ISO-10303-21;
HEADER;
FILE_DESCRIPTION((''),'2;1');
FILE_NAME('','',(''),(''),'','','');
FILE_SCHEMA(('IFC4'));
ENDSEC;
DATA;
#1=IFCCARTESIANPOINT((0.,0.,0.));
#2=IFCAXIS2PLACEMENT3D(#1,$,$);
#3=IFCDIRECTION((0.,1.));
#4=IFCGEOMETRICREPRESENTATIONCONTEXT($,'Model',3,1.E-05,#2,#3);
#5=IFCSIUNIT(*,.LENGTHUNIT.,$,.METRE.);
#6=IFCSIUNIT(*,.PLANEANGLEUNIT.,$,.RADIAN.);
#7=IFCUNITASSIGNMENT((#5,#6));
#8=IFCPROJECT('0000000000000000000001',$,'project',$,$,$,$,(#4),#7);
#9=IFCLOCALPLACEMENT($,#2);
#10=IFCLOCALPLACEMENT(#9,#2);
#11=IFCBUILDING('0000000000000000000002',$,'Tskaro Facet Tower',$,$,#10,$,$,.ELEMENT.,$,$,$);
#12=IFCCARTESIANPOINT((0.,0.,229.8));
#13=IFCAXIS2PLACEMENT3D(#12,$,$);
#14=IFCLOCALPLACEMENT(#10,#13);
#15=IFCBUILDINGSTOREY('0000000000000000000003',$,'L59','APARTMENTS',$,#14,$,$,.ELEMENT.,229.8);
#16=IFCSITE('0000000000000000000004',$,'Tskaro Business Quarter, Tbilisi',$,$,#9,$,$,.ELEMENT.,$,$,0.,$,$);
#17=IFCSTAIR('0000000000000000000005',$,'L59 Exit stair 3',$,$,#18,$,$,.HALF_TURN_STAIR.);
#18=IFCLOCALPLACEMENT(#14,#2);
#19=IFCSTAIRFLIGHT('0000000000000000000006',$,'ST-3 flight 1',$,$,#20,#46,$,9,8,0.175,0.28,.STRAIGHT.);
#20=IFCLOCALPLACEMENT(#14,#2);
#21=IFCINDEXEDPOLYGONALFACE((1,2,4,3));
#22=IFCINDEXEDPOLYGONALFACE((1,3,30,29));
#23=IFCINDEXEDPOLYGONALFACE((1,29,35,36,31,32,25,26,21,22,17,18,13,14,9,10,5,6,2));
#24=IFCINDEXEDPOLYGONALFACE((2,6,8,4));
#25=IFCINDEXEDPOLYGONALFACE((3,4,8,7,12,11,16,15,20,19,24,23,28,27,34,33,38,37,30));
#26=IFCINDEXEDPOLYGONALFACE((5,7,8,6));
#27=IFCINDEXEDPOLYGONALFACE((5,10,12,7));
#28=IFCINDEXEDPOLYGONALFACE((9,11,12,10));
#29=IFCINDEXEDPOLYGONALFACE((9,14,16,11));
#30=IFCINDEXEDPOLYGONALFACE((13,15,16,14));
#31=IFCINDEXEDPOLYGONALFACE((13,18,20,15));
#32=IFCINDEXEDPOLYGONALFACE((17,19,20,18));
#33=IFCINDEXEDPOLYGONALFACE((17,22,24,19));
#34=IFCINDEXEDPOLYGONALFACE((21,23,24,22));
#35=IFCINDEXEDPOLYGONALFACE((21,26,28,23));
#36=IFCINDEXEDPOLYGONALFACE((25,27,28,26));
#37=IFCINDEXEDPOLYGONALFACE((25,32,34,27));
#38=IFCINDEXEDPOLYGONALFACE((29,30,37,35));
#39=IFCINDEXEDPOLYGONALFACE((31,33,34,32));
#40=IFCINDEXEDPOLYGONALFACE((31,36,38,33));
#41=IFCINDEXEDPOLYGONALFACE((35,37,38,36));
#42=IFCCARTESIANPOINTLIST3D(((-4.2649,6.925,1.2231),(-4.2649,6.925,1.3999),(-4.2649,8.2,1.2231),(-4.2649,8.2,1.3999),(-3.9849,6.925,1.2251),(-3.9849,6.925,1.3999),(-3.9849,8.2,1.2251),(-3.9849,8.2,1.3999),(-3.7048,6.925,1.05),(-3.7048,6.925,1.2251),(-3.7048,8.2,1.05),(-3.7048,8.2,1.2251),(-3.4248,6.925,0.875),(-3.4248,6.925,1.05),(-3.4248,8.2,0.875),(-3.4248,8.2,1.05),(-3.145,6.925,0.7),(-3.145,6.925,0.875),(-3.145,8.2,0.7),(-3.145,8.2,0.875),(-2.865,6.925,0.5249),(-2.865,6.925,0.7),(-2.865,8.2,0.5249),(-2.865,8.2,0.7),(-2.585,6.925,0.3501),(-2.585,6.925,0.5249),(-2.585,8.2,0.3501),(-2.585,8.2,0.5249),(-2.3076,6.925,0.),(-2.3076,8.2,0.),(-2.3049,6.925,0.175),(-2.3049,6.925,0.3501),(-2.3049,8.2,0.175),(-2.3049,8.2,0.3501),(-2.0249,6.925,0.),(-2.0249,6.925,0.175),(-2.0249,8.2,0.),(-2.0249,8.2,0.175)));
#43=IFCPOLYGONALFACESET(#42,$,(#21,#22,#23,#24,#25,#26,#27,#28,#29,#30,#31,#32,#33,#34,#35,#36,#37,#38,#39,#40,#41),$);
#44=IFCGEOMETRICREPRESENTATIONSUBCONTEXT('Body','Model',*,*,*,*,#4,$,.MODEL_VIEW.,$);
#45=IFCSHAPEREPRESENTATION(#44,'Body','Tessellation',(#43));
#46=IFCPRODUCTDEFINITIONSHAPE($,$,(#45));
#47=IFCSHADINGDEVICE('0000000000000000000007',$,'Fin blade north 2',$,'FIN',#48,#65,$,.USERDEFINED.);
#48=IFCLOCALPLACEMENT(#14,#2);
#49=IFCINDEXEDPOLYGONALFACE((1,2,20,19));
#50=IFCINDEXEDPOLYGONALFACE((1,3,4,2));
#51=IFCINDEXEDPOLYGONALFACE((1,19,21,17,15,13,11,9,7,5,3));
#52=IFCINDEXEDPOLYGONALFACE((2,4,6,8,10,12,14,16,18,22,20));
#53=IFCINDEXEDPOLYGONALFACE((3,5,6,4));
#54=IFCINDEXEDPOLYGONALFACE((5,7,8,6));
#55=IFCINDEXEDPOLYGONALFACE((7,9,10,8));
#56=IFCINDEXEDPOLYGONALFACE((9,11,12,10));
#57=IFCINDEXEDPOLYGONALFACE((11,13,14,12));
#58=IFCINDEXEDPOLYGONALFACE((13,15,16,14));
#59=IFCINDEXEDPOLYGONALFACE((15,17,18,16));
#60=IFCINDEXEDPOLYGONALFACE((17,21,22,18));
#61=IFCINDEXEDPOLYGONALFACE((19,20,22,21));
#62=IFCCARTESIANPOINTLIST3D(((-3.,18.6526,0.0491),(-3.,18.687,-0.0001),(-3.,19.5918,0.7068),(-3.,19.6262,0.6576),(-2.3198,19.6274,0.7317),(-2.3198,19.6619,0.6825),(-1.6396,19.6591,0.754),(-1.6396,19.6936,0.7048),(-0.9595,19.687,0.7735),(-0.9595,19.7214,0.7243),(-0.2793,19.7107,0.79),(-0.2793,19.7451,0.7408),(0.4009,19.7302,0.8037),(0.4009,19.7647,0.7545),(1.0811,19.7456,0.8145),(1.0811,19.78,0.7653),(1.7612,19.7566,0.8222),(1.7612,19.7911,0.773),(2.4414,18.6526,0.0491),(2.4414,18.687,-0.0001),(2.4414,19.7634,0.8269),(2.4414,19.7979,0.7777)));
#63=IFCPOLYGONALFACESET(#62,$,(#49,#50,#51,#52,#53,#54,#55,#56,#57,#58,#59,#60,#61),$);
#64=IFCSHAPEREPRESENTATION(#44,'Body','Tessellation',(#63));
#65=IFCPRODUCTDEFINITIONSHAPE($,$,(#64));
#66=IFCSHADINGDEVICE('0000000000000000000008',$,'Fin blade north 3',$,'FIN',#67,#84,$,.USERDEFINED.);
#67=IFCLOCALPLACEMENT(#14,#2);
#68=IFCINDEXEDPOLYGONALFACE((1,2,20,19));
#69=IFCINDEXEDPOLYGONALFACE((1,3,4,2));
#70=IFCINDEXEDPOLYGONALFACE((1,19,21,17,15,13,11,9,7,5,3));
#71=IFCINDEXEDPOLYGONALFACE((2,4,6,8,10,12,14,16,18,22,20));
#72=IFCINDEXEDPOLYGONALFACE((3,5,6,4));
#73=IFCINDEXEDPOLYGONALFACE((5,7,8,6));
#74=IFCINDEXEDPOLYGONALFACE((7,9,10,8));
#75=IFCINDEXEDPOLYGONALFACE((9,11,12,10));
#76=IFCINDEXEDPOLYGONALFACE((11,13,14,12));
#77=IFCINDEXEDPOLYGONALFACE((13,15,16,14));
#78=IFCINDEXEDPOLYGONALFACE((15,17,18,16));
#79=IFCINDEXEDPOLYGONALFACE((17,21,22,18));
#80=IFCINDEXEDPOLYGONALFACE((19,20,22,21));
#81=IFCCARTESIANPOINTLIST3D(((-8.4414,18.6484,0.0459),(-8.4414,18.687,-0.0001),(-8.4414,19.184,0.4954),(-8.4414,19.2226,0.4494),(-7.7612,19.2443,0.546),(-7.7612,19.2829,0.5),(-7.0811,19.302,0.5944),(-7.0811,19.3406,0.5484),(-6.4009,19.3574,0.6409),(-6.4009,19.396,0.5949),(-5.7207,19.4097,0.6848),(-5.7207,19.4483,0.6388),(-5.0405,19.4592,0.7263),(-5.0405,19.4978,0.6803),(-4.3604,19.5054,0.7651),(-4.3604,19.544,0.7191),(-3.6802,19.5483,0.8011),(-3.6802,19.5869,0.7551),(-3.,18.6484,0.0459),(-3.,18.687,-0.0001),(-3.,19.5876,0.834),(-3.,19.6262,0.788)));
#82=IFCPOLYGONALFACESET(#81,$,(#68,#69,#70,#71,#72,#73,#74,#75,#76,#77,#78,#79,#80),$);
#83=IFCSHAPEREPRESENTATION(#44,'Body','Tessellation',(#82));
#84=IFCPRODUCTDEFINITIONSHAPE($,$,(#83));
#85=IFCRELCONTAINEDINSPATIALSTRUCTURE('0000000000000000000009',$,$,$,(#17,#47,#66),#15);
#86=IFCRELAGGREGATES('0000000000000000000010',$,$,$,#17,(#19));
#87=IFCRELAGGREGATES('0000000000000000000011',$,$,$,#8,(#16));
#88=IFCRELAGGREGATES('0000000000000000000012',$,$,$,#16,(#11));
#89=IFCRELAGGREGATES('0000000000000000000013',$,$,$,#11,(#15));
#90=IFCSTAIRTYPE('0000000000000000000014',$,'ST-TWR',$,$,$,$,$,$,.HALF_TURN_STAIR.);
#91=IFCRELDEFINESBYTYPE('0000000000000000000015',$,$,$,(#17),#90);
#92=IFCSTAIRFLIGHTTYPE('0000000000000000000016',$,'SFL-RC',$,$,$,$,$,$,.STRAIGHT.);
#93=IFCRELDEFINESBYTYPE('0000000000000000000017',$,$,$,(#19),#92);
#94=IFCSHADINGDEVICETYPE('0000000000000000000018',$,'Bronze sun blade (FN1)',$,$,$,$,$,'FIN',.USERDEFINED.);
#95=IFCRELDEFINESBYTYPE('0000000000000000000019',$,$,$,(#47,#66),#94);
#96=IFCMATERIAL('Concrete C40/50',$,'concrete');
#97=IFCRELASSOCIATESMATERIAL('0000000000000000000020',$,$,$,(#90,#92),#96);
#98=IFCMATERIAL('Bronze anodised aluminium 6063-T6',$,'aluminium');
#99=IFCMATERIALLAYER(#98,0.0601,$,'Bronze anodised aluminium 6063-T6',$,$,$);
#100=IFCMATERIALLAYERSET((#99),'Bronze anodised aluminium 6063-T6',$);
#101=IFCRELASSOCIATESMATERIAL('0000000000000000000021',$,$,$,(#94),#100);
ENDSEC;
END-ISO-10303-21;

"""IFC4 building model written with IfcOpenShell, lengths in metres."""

from ifc_helpers import new_model, si_unit, direction, frame, origin, place, context, subcontext, project, spatial, polyline, outline, extrude, material, layer, layer_set, type_object, element, aggregate, save


model = new_model("IFC4")

# Units and contexts
model_context = context("Model", 3, precision=1e-05, world=origin(), true_north=direction((0.0, 1.0)))
body_context = subcontext(model_context, "Body", "Model", "MODEL_VIEW")
ifc_project = project(units=[si_unit("LENGTHUNIT", "METRE"), si_unit("PLANEANGLEUNIT", "RADIAN")], contexts=[model_context])

# Site, building, storey
site_placement = place(None, origin())
site = spatial("IfcSite", under=ifc_project, at=site_placement, Name="Tskaro Business Quarter, Tbilisi", CompositionType="ELEMENT", RefElevation=0.0)
building_placement = place(site_placement, origin())
building = spatial("IfcBuilding", under=site, at=building_placement, Name="Tskaro Facet Tower", CompositionType="ELEMENT")
storey_placement = place(building_placement, frame((0.0, 0.0, 229.8)))
storey = spatial("IfcBuildingStorey", under=building, at=storey_placement, Name="L59", Description="APARTMENTS", CompositionType="ELEMENT", Elevation=229.8)

# Shared definitions
ifc_material_1 = material(Name="Bronze anodised aluminium 6063-T6", Category="aluminium")

# Stair
ifc_material_2 = material(Name="Concrete C40/50", Category="concrete")
stair_type = type_object("IfcStairType", Name="ST-TWR", PredefinedType="HALF_TURN_STAIR", material=ifc_material_2)
stair_1_placement = place(storey_placement, origin())
stair_1 = element("IfcStair", 1, at=stair_1_placement, inside=storey, type_object=stair_type, Name="L59 Exit stair 3", PredefinedType="HALF_TURN_STAIR")

# Stair flight
stair_flight_type = type_object("IfcStairFlightType", Name="SFL-RC", PredefinedType="STRAIGHT", material=ifc_material_2)
stair_flight_placement = place(storey_placement, frame((-2.0249, 7.5625, 0.0), z_axis=(0.0, 0.0, 1.0), x_axis=(-1.0, 0.0, 0.0)))
stair_flight = element("IfcStairFlight", 2, at=stair_flight_placement, type_object=stair_flight_type, Name="ST-3 flight 1", NumberOfRisers=9, NumberOfTreads=8, PredefinedType="STRAIGHT", RiserHeight=0.175, TreadLength=0.28, context=body_context, shape_type="SweptSolid", body=[
    extrude(outline(polyline([(0.0, 0.0), (0.0, 0.175), (0.28, 0.175), (0.28, 0.3501), (0.5601, 0.3501), (0.5601, 0.5249), (0.8401, 0.5249), (0.8401, 0.7), (1.1201, 0.7), (1.1201, 0.875), (1.3999, 0.875), (1.3999, 1.05), (1.6799, 1.05), (1.6799, 1.2251), (1.96, 1.2251), (1.96, 1.3999), (2.24, 1.3999), (2.24, 1.575), (2.24, 1.2231), (0.2827, 0.0), (0.0, 0.0)])), frame((0.0, 0.6375, 0.0), z_axis=(0.0, -1.0, 0.0), x_axis=(1.0, 0.0, 0.0)), (0.0, 0.0, 1.0), 1.2749),
])
aggregate(stair_1, [stair_flight])

# Shading devices
ifc_layer_1 = layer(ifc_material_1, 0.0601, Name="Bronze anodised aluminium 6063-T6")
ifc_layer_set_1 = layer_set([ifc_layer_1], Name="Bronze anodised aluminium 6063-T6")
shading_device_type = type_object("IfcShadingDeviceType", Name="Bronze sun blade (FN1)", ElementType="FIN", PredefinedType="USERDEFINED", material=ifc_layer_set_1)
shading_device_1_placement = place(storey_placement, frame((2.4414, 18.6526, 0.0491), z_axis=(0.000005, -0.573607, 0.81913), x_axis=(-1.0, -0.000003, 0.000004)))
element("IfcShadingDevice", 3, at=shading_device_1_placement, inside=storey, type_object=shading_device_type, Name="Fin blade north 2", ObjectType="FIN", PredefinedType="USERDEFINED", context=body_context, shape_type="SweptSolid", body=[
    extrude(outline(polyline([(0.0, 0.0), (5.4414, 0.0), (5.4414, -1.1466), (4.7612, -1.1901), (4.0811, -1.2288), (3.4009, -1.2628), (2.7207, -1.2918), (2.0405, -1.3156), (1.3604, -1.3344), (0.6802, -1.3478), (0.0, -1.3561), (0.0, 0.0)])), origin(), (0.0, 0.0, -1.0), 0.0601),
])
shading_device_2_placement = place(storey_placement, frame((-3.0, 18.6484, 0.0459), z_axis=(0.000006, -0.642835, 0.766004), x_axis=(-1.0, -0.000004, 0.000005)))
element("IfcShadingDevice", 4, at=shading_device_2_placement, inside=storey, type_object=shading_device_type, Name="Fin blade north 3", ObjectType="FIN", PredefinedType="USERDEFINED", context=body_context, shape_type="SweptSolid", body=[
    extrude(outline(polyline([(0.0, 0.0), (5.4414, 0.0), (5.4414, -0.6992), (4.7612, -0.7779), (4.0811, -0.8533), (3.4009, -0.9256), (2.7207, -0.9938), (2.0405, -1.0585), (1.3604, -1.1188), (0.6802, -1.1748), (0.0, -1.226), (0.0, 0.0)])), origin(), (0.0, 0.0, -1.0), 0.0601),
])

save(model, "model.ifc")
